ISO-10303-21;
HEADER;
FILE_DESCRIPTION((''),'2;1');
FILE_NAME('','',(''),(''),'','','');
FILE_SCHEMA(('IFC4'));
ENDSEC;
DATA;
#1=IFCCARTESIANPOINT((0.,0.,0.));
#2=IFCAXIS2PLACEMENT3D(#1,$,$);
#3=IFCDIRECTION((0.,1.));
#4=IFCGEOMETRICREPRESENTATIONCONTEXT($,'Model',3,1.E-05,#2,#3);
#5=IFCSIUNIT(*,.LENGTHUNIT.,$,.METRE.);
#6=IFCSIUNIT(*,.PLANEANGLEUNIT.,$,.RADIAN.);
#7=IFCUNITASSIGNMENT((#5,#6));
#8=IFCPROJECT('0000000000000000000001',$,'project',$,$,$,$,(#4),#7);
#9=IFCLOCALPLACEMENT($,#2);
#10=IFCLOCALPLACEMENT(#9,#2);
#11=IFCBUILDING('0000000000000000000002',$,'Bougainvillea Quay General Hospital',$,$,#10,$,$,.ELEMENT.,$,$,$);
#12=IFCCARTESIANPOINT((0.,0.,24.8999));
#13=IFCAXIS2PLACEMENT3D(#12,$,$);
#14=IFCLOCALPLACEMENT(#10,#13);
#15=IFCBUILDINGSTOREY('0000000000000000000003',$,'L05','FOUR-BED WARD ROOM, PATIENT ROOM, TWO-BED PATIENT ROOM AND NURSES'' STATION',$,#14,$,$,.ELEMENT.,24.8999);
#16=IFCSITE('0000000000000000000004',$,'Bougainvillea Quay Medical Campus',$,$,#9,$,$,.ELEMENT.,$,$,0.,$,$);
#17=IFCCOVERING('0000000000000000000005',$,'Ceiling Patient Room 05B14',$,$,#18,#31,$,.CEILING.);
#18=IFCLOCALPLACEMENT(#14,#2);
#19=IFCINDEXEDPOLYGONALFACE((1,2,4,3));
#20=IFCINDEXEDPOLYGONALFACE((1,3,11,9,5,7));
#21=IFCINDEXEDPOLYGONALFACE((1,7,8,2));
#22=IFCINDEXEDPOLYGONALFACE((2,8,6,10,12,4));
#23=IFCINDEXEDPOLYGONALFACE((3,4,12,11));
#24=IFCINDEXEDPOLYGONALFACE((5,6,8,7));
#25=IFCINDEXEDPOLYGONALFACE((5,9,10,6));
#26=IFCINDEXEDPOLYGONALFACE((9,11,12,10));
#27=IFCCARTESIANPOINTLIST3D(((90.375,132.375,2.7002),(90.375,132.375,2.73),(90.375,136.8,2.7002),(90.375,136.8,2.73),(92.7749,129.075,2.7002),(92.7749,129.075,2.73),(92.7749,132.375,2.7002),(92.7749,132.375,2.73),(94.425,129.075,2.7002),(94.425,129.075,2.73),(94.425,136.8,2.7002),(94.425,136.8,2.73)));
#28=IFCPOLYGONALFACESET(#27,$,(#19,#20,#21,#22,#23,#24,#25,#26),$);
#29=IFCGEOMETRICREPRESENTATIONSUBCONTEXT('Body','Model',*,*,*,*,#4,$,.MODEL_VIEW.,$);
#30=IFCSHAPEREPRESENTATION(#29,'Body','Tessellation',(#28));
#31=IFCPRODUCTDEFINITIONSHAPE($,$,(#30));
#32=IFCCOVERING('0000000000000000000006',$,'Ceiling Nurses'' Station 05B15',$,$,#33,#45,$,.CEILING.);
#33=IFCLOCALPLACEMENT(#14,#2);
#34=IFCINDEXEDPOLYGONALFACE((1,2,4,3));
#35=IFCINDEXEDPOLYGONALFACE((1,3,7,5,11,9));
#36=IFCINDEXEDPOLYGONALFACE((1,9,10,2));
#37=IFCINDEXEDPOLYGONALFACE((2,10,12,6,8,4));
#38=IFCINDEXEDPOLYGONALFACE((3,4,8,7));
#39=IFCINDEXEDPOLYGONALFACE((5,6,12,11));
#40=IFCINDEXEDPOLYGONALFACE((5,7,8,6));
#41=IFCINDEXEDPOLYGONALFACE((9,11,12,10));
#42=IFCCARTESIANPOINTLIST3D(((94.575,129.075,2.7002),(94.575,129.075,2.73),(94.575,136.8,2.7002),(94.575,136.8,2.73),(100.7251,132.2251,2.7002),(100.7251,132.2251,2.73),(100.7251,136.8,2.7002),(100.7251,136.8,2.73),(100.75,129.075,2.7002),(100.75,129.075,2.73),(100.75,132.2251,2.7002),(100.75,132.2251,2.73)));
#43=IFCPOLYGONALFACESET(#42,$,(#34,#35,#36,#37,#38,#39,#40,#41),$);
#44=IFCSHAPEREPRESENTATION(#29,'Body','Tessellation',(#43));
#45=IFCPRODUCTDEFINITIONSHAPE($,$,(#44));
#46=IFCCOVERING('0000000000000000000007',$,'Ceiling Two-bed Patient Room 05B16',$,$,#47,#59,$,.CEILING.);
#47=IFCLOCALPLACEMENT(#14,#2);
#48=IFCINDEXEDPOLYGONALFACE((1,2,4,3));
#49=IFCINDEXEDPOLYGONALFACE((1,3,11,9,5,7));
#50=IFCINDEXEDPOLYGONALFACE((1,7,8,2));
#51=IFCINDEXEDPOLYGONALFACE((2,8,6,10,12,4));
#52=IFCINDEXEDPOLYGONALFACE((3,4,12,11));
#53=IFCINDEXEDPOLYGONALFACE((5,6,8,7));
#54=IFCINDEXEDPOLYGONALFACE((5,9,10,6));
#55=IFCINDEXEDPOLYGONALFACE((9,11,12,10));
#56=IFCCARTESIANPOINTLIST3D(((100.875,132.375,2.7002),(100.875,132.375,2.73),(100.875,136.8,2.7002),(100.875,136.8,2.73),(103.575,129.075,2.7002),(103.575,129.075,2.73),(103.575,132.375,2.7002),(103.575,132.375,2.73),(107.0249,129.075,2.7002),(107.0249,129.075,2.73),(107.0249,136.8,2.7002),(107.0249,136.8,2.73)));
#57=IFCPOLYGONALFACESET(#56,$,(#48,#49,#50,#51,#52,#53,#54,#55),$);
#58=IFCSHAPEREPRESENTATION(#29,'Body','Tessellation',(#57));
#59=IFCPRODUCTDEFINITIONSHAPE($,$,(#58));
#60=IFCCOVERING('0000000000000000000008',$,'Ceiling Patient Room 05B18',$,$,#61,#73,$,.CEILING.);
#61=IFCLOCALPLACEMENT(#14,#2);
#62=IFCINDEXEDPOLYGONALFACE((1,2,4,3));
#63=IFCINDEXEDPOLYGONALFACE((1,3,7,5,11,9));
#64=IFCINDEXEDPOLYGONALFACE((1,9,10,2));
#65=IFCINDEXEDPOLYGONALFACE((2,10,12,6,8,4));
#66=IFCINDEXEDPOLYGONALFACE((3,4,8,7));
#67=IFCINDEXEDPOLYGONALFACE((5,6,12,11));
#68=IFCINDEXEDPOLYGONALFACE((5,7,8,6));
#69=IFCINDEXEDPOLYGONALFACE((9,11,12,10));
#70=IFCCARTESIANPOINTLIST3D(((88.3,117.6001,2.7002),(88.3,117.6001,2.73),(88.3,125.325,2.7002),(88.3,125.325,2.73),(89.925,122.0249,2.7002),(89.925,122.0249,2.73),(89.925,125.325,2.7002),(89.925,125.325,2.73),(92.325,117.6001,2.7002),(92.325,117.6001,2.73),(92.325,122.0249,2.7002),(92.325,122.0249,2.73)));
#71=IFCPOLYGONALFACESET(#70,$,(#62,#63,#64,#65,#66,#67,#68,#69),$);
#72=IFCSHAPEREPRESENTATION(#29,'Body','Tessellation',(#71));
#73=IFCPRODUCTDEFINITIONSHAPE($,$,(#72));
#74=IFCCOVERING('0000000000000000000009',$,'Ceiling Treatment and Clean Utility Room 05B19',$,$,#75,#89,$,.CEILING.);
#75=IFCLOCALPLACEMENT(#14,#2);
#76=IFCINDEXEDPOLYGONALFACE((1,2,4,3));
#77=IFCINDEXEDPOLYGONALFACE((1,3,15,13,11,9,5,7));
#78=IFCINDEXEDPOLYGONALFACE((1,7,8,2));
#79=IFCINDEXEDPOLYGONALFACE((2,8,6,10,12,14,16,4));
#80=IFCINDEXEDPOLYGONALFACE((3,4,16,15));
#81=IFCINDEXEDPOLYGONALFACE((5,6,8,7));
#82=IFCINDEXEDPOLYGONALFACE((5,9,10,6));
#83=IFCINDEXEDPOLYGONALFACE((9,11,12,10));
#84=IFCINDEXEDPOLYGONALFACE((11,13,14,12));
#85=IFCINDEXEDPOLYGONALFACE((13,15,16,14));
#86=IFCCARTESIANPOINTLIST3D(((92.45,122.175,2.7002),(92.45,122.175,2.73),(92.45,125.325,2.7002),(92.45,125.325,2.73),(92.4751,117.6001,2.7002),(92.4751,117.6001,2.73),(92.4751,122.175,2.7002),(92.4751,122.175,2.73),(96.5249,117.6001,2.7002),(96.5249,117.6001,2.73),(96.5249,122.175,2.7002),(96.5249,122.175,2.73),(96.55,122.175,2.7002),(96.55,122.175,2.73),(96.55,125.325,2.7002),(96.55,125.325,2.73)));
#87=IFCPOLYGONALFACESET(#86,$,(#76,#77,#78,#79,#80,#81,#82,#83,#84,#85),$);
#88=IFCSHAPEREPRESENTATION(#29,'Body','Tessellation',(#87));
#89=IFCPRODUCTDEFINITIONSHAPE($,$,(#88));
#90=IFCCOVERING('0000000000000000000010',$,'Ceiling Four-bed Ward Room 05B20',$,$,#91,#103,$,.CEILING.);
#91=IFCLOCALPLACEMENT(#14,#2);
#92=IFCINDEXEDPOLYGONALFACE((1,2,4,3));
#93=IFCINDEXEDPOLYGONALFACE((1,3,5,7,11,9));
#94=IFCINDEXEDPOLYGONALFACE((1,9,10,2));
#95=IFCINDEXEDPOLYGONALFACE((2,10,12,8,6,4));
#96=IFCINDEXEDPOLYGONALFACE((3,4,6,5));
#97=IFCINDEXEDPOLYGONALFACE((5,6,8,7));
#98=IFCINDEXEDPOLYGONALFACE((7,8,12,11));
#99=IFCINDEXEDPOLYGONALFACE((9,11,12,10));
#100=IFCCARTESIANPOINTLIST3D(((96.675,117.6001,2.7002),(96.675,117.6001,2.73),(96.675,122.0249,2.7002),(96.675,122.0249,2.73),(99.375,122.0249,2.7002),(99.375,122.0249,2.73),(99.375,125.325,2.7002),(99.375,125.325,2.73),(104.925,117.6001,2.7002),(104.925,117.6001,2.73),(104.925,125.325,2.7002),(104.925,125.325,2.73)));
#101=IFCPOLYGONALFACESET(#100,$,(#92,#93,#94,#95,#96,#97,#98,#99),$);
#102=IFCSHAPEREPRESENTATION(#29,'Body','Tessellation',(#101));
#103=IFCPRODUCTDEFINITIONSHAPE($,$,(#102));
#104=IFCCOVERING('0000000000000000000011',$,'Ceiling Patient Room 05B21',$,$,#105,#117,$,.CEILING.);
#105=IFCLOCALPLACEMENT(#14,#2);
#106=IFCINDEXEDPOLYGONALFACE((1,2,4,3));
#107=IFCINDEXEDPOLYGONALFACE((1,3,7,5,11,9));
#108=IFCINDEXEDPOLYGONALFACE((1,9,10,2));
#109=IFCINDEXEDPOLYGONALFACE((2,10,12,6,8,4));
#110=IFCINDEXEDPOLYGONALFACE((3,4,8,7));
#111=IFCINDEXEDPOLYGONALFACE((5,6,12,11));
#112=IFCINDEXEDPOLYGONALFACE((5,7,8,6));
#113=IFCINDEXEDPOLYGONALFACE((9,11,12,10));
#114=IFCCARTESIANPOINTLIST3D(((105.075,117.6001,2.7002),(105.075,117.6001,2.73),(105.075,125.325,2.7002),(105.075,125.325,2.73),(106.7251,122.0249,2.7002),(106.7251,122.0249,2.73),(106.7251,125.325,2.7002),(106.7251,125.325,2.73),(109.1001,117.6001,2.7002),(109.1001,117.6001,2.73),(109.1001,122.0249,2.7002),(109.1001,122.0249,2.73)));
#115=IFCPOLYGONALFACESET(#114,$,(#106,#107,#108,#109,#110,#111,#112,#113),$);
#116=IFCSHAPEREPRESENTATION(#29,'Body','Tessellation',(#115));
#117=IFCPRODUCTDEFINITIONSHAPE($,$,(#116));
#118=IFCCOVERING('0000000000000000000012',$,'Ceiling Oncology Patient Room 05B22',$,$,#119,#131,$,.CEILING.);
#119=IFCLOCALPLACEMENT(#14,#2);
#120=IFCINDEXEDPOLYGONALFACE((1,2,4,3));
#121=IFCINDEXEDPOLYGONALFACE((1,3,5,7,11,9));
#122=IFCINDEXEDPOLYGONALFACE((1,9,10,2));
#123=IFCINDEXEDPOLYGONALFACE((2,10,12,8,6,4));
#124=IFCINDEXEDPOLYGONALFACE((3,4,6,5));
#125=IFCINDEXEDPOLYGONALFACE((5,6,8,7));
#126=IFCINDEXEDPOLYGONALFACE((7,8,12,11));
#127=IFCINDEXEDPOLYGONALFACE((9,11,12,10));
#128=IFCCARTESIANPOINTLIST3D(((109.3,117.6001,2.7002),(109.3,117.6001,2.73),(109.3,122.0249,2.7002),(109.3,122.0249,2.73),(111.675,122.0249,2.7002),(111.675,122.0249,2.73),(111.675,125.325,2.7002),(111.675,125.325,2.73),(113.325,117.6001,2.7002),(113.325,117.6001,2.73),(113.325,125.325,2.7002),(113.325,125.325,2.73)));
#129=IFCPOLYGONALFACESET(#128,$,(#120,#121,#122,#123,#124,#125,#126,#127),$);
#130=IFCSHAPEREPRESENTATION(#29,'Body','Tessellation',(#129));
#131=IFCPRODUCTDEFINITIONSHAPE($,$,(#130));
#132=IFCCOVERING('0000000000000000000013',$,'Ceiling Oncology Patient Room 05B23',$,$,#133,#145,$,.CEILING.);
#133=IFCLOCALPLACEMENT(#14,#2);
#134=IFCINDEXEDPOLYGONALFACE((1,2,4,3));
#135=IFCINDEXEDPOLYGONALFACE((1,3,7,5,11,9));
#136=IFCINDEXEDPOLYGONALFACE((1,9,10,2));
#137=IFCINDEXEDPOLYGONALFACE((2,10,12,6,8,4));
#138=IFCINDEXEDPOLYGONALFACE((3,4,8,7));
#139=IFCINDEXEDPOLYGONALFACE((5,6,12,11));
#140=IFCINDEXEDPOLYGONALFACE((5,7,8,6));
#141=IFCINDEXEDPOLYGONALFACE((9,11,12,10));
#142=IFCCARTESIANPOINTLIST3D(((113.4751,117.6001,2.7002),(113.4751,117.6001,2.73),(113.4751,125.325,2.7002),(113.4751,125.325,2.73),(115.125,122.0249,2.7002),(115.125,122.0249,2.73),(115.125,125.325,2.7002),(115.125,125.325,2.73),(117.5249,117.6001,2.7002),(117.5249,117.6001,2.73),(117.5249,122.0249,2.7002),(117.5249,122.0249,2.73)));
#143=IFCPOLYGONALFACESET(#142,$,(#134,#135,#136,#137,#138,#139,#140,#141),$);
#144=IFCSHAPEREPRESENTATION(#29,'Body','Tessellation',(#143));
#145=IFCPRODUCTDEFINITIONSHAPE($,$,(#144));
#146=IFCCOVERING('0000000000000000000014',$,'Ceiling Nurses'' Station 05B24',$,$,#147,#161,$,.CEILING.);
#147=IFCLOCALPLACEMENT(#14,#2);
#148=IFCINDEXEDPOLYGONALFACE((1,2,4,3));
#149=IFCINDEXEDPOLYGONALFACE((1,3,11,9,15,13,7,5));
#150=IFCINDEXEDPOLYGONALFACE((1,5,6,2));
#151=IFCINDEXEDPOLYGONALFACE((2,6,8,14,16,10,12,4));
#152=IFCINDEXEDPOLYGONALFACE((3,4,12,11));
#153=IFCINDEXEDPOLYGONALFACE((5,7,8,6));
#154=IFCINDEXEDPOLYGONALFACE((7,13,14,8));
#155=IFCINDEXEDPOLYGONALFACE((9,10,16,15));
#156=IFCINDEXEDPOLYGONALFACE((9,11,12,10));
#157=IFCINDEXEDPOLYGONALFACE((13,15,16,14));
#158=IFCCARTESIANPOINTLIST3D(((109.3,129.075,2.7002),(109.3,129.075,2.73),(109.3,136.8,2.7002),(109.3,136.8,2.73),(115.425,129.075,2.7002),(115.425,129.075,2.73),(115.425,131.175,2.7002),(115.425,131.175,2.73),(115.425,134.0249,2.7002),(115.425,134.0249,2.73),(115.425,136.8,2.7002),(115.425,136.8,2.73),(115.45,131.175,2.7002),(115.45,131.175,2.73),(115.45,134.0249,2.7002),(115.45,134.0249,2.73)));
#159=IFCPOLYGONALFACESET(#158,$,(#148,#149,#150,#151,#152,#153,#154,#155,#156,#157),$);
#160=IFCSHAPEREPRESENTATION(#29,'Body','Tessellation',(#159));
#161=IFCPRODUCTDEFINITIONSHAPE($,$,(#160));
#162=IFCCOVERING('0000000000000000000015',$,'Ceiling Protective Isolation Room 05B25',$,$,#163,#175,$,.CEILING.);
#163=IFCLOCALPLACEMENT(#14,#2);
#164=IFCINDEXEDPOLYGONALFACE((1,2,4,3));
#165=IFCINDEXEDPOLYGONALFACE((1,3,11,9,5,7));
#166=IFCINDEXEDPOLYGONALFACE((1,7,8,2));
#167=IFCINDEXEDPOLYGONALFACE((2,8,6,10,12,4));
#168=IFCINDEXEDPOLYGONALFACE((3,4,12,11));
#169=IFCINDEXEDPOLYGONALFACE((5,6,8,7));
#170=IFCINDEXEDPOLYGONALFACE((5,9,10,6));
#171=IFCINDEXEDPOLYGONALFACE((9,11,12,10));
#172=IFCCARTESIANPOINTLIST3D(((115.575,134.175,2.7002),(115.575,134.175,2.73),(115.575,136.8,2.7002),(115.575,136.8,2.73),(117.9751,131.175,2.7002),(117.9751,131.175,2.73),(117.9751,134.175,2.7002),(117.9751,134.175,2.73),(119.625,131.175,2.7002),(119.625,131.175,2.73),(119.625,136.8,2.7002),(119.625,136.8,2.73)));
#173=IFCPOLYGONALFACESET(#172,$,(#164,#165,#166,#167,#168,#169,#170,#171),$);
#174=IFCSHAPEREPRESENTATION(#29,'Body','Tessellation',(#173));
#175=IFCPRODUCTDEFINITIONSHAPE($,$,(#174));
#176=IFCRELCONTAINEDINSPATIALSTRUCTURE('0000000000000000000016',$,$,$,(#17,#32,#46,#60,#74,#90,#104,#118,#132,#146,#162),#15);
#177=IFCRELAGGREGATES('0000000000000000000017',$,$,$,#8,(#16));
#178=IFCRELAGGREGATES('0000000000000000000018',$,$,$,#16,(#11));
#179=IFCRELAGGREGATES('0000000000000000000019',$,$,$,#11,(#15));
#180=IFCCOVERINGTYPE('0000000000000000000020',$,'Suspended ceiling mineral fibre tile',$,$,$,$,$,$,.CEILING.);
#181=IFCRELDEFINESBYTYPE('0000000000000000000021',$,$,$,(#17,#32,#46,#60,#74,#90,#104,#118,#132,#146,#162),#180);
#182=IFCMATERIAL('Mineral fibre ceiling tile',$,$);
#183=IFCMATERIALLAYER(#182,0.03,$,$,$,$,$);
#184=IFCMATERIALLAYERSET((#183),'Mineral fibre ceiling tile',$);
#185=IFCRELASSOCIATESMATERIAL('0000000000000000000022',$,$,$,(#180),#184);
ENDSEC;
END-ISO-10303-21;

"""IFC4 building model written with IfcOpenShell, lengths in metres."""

from ifc_helpers import new_model, si_unit, direction, frame, origin, place, context, subcontext, project, spatial, polyline, outline, extrude, material, layer, layer_set, type_object, element, save


model = new_model("IFC4")

# Units and contexts
model_context = context("Model", 3, precision=1e-05, world=origin(), true_north=direction((0.0, 1.0)))
body_context = subcontext(model_context, "Body", "Model", "MODEL_VIEW")
ifc_project = project(units=[si_unit("LENGTHUNIT", "METRE"), si_unit("PLANEANGLEUNIT", "RADIAN")], contexts=[model_context])

# Site, building, storey
site_placement = place(None, origin())
site = spatial("IfcSite", under=ifc_project, at=site_placement, Name="Bougainvillea Quay Medical Campus", CompositionType="ELEMENT", RefElevation=0.0)
building_placement = place(site_placement, origin())
building = spatial("IfcBuilding", under=site, at=building_placement, Name="Bougainvillea Quay General Hospital", CompositionType="ELEMENT")
storey_placement = place(building_placement, frame((0.0, 0.0, 24.8999)))
storey = spatial("IfcBuildingStorey", under=building, at=storey_placement, Name="L05", Description="FOUR-BED WARD ROOM, PATIENT ROOM, TWO-BED PATIENT ROOM AND NURSES' STATION", CompositionType="ELEMENT", Elevation=24.8999)

# Coverings
ifc_material = material(Name="Mineral fibre ceiling tile")
ifc_layer = layer(ifc_material, 0.03)
ifc_layer_set = layer_set([ifc_layer], Name="Mineral fibre ceiling tile")
covering_type = type_object("IfcCoveringType", Name="Suspended ceiling mineral fibre tile", PredefinedType="CEILING", material=ifc_layer_set)
covering_1_placement = place(storey_placement, frame((0.0, 0.0, 2.7002)))
element("IfcCovering", 1, at=covering_1_placement, inside=storey, type_object=covering_type, Name="Ceiling Patient Room 05B14", PredefinedType="CEILING", context=body_context, shape_type="SweptSolid", body=[
    extrude(outline(polyline([(90.375, 136.8), (90.375, 132.375), (92.7749, 132.375), (92.7749, 129.075), (94.425, 129.075), (94.425, 136.8), (90.375, 136.8)])), origin(), (0.0, 0.0, 1.0), 0.0298),
])
covering_2_placement = place(storey_placement, frame((0.0, 0.0, 2.7002)))
element("IfcCovering", 2, at=covering_2_placement, inside=storey, type_object=covering_type, Name="Ceiling Nurses' Station 05B15", PredefinedType="CEILING", context=body_context, shape_type="SweptSolid", body=[
    extrude(outline(polyline([(94.575, 136.8), (94.575, 129.075), (100.75, 129.075), (100.75, 132.2251), (100.7251, 132.2251), (100.7251, 136.8), (94.575, 136.8)])), origin(), (0.0, 0.0, 1.0), 0.0298),
])
covering_3_placement = place(storey_placement, frame((0.0, 0.0, 2.7002)))
element("IfcCovering", 3, at=covering_3_placement, inside=storey, type_object=covering_type, Name="Ceiling Two-bed Patient Room 05B16", PredefinedType="CEILING", context=body_context, shape_type="SweptSolid", body=[
    extrude(outline(polyline([(100.875, 136.8), (100.875, 132.375), (103.575, 132.375), (103.575, 129.075), (107.0249, 129.075), (107.0249, 136.8), (100.875, 136.8)])), origin(), (0.0, 0.0, 1.0), 0.0298),
])
covering_4_placement = place(storey_placement, frame((0.0, 0.0, 2.7002)))
element("IfcCovering", 4, at=covering_4_placement, inside=storey, type_object=covering_type, Name="Ceiling Patient Room 05B18", PredefinedType="CEILING", context=body_context, shape_type="SweptSolid", body=[
    extrude(outline(polyline([(92.325, 117.6001), (92.325, 122.0249), (89.925, 122.0249), (89.925, 125.325), (88.3, 125.325), (88.3, 117.6001), (92.325, 117.6001)])), origin(), (0.0, 0.0, 1.0), 0.0298),
])
covering_5_placement = place(storey_placement, frame((0.0, 0.0, 2.7002)))
element("IfcCovering", 5, at=covering_5_placement, inside=storey, type_object=covering_type, Name="Ceiling Treatment and Clean Utility Room 05B19", PredefinedType="CEILING", context=body_context, shape_type="SweptSolid", body=[
    extrude(outline(polyline([(96.5249, 117.6001), (96.5249, 122.175), (96.55, 122.175), (96.55, 125.325), (92.45, 125.325), (92.45, 122.175), (92.4751, 122.175), (92.4751, 117.6001), (96.5249, 117.6001)])), origin(), (0.0, 0.0, 1.0), 0.0298),
])
covering_6_placement = place(storey_placement, frame((0.0, 0.0, 2.7002)))
element("IfcCovering", 6, at=covering_6_placement, inside=storey, type_object=covering_type, Name="Ceiling Four-bed Ward Room 05B20", PredefinedType="CEILING", context=body_context, shape_type="SweptSolid", body=[
    extrude(outline(polyline([(104.925, 117.6001), (104.925, 125.325), (99.375, 125.325), (99.375, 122.0249), (96.675, 122.0249), (96.675, 117.6001), (104.925, 117.6001)])), origin(), (0.0, 0.0, 1.0), 0.0298),
])
covering_7_placement = place(storey_placement, frame((0.0, 0.0, 2.7002)))
element("IfcCovering", 7, at=covering_7_placement, inside=storey, type_object=covering_type, Name="Ceiling Patient Room 05B21", PredefinedType="CEILING", context=body_context, shape_type="SweptSolid", body=[
    extrude(outline(polyline([(109.1001, 117.6001), (109.1001, 122.0249), (106.7251, 122.0249), (106.7251, 125.325), (105.075, 125.325), (105.075, 117.6001), (109.1001, 117.6001)])), origin(), (0.0, 0.0, 1.0), 0.0298),
])
covering_8_placement = place(storey_placement, frame((0.0, 0.0, 2.7002)))
element("IfcCovering", 8, at=covering_8_placement, inside=storey, type_object=covering_type, Name="Ceiling Oncology Patient Room 05B22", PredefinedType="CEILING", context=body_context, shape_type="SweptSolid", body=[
    extrude(outline(polyline([(113.325, 117.6001), (113.325, 125.325), (111.675, 125.325), (111.675, 122.0249), (109.3, 122.0249), (109.3, 117.6001), (113.325, 117.6001)])), origin(), (0.0, 0.0, 1.0), 0.0298),
])
covering_9_placement = place(storey_placement, frame((0.0, 0.0, 2.7002)))
element("IfcCovering", 9, at=covering_9_placement, inside=storey, type_object=covering_type, Name="Ceiling Oncology Patient Room 05B23", PredefinedType="CEILING", context=body_context, shape_type="SweptSolid", body=[
    extrude(outline(polyline([(117.5249, 117.6001), (117.5249, 122.0249), (115.125, 122.0249), (115.125, 125.325), (113.4751, 125.325), (113.4751, 117.6001), (117.5249, 117.6001)])), origin(), (0.0, 0.0, 1.0), 0.0298),
])
covering_10_placement = place(storey_placement, frame((0.0, 0.0, 2.7002)))
element("IfcCovering", 10, at=covering_10_placement, inside=storey, type_object=covering_type, Name="Ceiling Nurses' Station 05B24", PredefinedType="CEILING", context=body_context, shape_type="SweptSolid", body=[
    extrude(outline(polyline([(109.3, 136.8), (109.3, 129.075), (115.425, 129.075), (115.425, 131.175), (115.45, 131.175), (115.45, 134.0249), (115.425, 134.0249), (115.425, 136.8), (109.3, 136.8)])), origin(), (0.0, 0.0, 1.0), 0.0298),
])
covering_11_placement = place(storey_placement, frame((0.0, 0.0, 2.7002)))
element("IfcCovering", 11, at=covering_11_placement, inside=storey, type_object=covering_type, Name="Ceiling Protective Isolation Room 05B25", PredefinedType="CEILING", context=body_context, shape_type="SweptSolid", body=[
    extrude(outline(polyline([(115.575, 136.8), (115.575, 134.175), (117.9751, 134.175), (117.9751, 131.175), (119.625, 131.175), (119.625, 136.8), (115.575, 136.8)])), origin(), (0.0, 0.0, 1.0), 0.0298),
])

save(model, "model.ifc")
